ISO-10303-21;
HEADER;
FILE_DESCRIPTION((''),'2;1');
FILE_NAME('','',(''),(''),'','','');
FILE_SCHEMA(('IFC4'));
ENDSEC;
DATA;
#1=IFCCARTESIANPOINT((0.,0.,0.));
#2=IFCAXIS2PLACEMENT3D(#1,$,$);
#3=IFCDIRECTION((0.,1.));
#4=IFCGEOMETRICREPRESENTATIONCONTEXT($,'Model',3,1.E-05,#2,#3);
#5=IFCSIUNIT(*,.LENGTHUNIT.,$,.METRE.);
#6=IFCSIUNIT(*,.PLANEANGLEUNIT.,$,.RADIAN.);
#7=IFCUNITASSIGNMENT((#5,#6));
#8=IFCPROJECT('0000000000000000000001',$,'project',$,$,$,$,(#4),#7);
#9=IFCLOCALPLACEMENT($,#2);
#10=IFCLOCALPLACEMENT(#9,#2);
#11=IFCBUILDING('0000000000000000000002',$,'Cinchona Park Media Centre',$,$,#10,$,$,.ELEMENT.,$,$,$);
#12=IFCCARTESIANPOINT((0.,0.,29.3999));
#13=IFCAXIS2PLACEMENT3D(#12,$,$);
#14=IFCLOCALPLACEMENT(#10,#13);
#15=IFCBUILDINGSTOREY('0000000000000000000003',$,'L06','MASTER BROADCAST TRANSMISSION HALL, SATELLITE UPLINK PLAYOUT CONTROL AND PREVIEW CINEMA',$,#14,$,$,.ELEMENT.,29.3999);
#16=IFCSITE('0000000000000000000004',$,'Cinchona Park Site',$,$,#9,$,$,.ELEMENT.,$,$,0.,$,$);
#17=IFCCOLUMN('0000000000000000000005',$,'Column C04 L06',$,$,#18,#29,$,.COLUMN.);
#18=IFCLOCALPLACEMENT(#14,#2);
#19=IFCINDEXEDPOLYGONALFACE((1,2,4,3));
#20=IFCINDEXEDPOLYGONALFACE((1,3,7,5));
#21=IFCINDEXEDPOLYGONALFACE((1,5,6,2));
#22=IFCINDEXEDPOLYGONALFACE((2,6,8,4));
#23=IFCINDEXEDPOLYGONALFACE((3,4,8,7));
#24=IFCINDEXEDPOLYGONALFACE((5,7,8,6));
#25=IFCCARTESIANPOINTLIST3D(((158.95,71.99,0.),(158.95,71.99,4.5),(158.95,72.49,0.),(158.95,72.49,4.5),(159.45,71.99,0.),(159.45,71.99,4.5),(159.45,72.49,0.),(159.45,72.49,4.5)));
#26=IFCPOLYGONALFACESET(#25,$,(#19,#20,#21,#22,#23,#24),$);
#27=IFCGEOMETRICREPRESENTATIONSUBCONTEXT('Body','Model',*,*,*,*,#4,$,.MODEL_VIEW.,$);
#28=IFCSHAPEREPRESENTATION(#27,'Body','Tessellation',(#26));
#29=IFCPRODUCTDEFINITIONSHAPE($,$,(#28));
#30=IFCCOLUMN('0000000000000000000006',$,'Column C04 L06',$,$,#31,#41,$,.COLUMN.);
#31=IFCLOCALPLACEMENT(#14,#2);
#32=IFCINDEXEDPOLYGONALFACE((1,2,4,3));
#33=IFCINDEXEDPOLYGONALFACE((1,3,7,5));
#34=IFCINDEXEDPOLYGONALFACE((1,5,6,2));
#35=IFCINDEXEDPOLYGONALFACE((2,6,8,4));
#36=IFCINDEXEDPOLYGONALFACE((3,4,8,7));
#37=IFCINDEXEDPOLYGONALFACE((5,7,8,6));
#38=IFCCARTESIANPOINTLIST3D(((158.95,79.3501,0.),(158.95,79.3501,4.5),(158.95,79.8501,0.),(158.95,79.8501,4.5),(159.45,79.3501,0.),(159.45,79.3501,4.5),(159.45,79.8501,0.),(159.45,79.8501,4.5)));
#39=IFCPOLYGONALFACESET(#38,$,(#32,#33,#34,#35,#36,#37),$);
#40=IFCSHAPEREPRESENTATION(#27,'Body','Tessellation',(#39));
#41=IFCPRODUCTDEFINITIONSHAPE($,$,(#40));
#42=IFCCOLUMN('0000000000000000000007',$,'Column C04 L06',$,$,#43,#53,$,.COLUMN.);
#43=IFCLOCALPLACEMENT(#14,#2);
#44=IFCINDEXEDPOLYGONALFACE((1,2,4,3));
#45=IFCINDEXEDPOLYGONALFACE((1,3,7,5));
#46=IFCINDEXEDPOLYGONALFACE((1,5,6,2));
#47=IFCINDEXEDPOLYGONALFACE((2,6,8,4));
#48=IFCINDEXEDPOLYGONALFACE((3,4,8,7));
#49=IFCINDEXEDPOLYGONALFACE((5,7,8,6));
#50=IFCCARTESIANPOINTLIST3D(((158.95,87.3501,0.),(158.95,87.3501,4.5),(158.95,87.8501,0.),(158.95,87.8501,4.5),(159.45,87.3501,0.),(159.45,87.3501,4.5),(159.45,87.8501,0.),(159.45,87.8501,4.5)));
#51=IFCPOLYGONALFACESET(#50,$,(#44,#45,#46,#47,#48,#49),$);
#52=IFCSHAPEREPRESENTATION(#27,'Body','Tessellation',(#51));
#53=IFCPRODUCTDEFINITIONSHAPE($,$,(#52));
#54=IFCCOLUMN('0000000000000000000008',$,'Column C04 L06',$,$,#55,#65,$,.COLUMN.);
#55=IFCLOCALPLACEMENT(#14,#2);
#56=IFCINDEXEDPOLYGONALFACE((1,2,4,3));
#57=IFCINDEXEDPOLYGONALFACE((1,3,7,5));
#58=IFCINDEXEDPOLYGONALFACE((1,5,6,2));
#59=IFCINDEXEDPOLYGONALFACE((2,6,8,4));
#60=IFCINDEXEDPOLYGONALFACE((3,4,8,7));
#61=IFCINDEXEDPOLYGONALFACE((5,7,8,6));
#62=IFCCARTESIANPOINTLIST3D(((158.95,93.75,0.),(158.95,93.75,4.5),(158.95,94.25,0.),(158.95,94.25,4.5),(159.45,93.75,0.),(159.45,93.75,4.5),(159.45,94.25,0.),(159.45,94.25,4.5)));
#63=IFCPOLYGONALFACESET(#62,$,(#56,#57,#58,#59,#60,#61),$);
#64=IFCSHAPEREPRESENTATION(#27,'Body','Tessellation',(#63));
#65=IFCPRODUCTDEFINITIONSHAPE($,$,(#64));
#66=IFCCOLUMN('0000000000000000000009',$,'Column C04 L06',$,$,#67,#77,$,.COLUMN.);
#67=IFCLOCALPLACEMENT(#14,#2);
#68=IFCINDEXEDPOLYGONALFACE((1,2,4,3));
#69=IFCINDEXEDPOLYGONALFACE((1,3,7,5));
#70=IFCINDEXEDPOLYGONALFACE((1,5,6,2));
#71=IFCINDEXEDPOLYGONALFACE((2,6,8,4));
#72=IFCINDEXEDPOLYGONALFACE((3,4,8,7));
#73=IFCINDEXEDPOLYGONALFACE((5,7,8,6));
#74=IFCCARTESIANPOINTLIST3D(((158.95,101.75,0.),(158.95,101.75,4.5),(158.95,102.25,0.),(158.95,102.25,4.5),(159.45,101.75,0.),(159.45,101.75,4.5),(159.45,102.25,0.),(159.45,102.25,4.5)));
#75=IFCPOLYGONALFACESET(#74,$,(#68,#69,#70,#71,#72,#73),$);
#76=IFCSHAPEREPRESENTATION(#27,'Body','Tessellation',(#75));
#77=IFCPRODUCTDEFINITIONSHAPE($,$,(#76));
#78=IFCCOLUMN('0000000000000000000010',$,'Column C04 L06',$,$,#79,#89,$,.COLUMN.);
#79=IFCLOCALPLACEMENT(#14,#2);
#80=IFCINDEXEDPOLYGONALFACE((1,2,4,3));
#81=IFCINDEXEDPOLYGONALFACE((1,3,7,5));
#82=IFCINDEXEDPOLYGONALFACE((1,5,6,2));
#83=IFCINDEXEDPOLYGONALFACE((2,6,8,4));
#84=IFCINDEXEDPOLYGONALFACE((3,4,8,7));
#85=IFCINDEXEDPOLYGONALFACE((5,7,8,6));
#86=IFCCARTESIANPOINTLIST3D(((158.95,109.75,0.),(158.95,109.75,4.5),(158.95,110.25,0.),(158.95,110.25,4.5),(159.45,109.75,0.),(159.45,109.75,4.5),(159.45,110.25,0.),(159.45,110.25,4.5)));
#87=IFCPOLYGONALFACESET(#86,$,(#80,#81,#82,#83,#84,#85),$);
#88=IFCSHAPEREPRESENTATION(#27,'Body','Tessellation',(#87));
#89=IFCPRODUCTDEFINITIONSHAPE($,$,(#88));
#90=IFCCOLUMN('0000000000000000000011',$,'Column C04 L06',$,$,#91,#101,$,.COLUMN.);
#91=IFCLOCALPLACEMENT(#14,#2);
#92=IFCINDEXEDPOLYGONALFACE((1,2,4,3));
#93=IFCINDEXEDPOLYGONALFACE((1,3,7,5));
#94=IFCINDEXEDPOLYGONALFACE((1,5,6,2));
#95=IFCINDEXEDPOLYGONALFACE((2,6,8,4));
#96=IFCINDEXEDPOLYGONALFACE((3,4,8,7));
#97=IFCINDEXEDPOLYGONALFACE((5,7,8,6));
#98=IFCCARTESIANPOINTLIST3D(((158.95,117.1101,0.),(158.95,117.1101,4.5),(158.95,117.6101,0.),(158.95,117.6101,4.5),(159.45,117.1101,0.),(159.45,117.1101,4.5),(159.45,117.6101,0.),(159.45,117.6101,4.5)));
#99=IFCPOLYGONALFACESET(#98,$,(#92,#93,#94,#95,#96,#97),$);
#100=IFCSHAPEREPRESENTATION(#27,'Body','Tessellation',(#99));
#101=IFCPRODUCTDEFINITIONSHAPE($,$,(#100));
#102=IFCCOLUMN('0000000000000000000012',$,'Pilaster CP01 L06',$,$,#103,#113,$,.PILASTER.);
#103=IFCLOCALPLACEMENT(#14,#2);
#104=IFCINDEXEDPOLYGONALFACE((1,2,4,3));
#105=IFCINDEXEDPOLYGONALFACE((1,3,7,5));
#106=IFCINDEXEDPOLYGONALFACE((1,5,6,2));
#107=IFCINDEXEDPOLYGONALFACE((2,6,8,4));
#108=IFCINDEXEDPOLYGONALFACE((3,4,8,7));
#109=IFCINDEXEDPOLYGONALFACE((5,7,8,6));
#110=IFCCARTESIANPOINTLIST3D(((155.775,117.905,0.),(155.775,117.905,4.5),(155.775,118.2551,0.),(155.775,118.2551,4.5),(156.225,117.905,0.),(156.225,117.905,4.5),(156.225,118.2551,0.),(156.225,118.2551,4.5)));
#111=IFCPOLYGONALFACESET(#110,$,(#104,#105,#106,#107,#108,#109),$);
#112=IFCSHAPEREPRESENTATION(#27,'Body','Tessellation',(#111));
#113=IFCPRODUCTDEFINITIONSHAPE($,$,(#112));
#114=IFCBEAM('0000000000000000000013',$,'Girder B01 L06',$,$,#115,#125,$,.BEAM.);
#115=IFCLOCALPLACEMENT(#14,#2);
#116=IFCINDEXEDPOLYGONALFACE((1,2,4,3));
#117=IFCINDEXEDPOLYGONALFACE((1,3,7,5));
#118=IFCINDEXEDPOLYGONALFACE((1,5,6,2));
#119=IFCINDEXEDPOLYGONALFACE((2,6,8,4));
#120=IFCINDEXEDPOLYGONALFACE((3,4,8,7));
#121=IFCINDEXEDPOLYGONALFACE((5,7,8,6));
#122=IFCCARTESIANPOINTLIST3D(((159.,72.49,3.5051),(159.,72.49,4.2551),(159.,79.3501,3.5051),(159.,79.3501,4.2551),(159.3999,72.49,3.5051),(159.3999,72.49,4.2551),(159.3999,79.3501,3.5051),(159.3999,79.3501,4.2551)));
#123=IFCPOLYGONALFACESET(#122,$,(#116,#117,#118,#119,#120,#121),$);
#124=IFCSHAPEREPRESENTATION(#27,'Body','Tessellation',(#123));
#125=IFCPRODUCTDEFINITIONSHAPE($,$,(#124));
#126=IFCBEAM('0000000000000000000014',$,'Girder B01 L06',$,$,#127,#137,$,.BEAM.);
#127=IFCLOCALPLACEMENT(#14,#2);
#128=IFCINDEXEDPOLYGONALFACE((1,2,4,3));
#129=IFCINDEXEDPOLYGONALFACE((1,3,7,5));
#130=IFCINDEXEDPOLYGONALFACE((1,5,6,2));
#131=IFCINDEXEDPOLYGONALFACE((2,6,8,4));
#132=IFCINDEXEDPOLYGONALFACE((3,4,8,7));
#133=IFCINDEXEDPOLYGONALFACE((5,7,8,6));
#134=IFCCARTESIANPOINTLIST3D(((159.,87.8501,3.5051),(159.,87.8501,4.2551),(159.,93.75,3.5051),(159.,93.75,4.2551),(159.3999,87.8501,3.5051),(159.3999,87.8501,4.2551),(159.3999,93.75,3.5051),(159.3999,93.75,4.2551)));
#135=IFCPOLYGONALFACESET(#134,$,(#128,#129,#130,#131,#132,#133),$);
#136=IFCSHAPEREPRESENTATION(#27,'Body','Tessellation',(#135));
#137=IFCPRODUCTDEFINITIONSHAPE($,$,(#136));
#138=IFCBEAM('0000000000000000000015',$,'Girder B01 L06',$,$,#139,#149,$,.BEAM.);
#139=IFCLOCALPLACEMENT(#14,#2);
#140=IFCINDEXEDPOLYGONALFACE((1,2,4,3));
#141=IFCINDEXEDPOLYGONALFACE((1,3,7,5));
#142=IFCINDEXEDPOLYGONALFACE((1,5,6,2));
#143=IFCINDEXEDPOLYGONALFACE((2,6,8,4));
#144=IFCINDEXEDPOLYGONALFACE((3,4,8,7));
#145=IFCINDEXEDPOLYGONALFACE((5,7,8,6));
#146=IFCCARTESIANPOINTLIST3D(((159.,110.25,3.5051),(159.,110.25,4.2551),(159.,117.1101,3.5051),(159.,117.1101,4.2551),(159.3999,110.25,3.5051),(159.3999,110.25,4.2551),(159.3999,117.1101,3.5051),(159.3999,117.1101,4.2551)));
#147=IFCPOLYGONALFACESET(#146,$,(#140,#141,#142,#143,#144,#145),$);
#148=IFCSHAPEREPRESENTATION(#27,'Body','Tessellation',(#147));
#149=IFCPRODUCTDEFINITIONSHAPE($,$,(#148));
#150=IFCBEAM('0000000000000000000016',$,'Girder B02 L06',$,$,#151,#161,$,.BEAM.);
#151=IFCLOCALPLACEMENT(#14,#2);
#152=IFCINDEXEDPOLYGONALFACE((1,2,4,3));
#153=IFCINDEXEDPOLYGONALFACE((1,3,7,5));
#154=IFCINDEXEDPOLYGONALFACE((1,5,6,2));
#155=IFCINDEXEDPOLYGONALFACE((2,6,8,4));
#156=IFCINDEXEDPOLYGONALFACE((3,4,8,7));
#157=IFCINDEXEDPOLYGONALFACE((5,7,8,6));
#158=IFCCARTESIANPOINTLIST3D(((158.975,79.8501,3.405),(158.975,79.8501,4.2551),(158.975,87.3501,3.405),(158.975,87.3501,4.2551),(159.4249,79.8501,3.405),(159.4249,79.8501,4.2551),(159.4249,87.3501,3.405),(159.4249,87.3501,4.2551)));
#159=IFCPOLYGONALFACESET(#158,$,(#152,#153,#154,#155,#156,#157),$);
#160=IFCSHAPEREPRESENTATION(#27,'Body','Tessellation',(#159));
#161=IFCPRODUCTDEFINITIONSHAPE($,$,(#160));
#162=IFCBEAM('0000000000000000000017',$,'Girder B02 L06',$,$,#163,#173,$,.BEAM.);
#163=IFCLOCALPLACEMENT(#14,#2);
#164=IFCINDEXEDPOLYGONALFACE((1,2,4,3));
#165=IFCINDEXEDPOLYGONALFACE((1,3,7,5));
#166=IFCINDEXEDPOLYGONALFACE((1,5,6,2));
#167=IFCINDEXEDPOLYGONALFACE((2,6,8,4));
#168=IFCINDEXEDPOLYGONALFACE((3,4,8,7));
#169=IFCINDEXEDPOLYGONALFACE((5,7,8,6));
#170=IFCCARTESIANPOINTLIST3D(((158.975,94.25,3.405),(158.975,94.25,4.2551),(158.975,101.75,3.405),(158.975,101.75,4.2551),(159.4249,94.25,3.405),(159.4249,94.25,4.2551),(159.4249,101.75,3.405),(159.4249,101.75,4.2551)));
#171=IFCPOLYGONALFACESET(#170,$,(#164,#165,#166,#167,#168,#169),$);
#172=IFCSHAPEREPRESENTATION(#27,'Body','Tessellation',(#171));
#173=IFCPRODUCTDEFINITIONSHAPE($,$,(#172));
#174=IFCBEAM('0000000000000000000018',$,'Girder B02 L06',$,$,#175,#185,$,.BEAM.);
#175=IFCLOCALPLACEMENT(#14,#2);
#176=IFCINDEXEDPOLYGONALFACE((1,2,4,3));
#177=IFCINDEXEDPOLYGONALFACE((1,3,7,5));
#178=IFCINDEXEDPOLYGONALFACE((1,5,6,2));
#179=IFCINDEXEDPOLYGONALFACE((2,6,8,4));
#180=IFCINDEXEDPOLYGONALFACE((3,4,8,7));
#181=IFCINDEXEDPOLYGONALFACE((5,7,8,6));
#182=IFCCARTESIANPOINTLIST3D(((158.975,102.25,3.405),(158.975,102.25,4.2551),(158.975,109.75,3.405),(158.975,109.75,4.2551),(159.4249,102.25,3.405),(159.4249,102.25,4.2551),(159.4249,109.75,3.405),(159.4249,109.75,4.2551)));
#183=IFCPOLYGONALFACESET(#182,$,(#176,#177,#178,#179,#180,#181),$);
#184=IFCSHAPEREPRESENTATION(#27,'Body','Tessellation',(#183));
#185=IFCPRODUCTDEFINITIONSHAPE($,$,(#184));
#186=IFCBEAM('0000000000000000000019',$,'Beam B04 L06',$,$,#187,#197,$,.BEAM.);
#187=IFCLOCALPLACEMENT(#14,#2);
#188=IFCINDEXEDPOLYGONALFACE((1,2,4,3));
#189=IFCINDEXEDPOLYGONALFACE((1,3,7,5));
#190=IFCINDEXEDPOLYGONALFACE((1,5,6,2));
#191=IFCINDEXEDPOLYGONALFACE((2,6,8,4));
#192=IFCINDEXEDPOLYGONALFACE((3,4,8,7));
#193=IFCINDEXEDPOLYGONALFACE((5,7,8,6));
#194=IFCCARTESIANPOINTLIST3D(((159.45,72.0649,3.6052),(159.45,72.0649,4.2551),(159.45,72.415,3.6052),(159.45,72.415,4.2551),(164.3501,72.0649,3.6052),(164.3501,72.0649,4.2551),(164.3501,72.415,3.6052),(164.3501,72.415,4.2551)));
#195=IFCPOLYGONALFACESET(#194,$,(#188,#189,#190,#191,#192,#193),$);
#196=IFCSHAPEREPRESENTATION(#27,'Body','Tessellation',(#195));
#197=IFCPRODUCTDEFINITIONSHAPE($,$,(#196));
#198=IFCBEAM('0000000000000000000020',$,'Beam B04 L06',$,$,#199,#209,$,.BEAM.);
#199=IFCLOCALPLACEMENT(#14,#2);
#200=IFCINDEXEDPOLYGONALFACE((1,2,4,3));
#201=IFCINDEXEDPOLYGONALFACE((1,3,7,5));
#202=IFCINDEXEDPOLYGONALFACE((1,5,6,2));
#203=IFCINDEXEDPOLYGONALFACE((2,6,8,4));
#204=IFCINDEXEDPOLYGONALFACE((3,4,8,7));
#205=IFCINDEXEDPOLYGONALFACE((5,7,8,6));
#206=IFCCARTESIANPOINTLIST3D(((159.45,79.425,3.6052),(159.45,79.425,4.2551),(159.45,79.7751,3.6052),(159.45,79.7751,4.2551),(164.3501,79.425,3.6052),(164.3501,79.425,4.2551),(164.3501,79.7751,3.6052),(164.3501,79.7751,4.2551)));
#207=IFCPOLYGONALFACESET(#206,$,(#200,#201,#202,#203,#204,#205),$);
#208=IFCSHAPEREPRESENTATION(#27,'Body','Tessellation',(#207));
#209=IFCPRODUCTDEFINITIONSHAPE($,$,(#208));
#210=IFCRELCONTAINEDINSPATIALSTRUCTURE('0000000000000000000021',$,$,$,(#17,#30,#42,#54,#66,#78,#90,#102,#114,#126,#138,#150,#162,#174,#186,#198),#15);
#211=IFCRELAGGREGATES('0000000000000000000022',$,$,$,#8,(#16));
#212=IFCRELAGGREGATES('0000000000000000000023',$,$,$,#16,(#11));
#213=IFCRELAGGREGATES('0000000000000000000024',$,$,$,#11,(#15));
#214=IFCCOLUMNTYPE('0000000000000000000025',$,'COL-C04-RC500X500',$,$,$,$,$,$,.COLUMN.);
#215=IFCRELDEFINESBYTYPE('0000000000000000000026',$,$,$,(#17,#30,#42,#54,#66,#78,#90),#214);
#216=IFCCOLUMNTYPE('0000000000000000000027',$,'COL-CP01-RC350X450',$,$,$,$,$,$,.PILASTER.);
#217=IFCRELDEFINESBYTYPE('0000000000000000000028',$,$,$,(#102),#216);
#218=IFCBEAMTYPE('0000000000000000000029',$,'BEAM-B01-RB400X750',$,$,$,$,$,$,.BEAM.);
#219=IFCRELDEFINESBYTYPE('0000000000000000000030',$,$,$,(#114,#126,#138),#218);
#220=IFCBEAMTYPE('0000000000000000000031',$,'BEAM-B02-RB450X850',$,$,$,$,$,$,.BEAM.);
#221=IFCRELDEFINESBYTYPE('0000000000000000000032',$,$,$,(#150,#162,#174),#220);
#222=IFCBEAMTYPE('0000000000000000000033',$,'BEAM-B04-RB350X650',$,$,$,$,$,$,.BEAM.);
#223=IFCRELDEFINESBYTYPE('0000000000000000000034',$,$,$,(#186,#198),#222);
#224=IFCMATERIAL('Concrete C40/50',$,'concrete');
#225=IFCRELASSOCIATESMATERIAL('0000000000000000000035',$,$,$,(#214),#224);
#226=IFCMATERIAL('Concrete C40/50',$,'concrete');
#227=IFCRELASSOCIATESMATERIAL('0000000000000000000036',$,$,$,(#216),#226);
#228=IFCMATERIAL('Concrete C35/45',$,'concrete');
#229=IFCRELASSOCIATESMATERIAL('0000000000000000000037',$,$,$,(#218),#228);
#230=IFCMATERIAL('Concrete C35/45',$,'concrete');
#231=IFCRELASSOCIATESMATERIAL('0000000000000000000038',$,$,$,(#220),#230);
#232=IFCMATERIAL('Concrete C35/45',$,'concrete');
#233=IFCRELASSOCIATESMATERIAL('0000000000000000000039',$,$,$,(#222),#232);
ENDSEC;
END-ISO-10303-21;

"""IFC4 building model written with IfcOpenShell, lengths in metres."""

from ifc_helpers import new_model, si_unit, direction, frame, origin, origin_2d, place, context, subcontext, project, spatial, rectangle, extrude, material, material_profile, profile_set, type_object, element, save


model = new_model("IFC4")

# Units and contexts
model_context = context("Model", 3, precision=1e-05, world=origin(), true_north=direction((0.0, 1.0)))
body_context = subcontext(model_context, "Body", "Model", "MODEL_VIEW")
ifc_project = project(units=[si_unit("LENGTHUNIT", "METRE"), si_unit("PLANEANGLEUNIT", "RADIAN")], contexts=[model_context])

# Site, building, storey
site_placement = place(None, origin())
site = spatial("IfcSite", under=ifc_project, at=site_placement, Name="Cinchona Park Site", CompositionType="ELEMENT", RefElevation=0.0)
building_placement = place(site_placement, origin())
building = spatial("IfcBuilding", under=site, at=building_placement, Name="Cinchona Park Media Centre", CompositionType="ELEMENT")
storey_placement = place(building_placement, frame((0.0, 0.0, 29.3999)))
storey = spatial("IfcBuildingStorey", under=building, at=storey_placement, Name="L06", Description="MASTER BROADCAST TRANSMISSION HALL, SATELLITE UPLINK PLAYOUT CONTROL AND PREVIEW CINEMA", CompositionType="ELEMENT", Elevation=29.3999)

# Columns
ifc_material_1 = material(Name="Concrete C40/50", Category="concrete")
ifc_material_profile_1 = material_profile(ifc_material_1, rectangle(XDim=0.5, YDim=0.5, at=origin_2d()), Name="RC 500X500")
ifc_profile_set_1 = profile_set([ifc_material_profile_1], Name="Concrete C40/50")
column_type_1 = type_object("IfcColumnType", Name="COL-C04-RC500X500", PredefinedType="COLUMN", material=ifc_profile_set_1)
for number, where, z_axis, x_axis, name in (
    (1, (159.2, 72.24, 0.0), (0.0, 0.0, 1.0), (1.0, 0.0, 0.0), "Column C04 L06"),
    (2, (159.2, 79.6001, 0.0), (0.0, 0.0, 1.0), (1.0, 0.0, 0.0), "Column C04 L06"),
    (3, (159.2, 87.6001, 0.0), (0.0, 0.0, 1.0), (1.0, 0.0, 0.0), "Column C04 L06"),
    (4, (159.2, 94.0, 0.0), (0.0, 0.0, 1.0), (1.0, 0.0, 0.0), "Column C04 L06"),
    (5, (159.2, 102.0, 0.0), (0.0, 0.0, 1.0), (1.0, 0.0, 0.0), "Column C04 L06"),
    (6, (159.2, 110.0, 0.0), (0.0, 0.0, 1.0), (1.0, 0.0, 0.0), "Column C04 L06"),
    (7, (159.2, 117.3601, 0.0), (0.0, 0.0, 1.0), (1.0, 0.0, 0.0), "Column C04 L06"),
):
    element("IfcColumn", number, at=place(storey_placement, frame(where, z_axis=z_axis, x_axis=x_axis)), inside=storey, type_object=column_type_1, Name=name, PredefinedType="COLUMN", context=body_context, shape_type="SweptSolid", body=[
        extrude(rectangle(XDim=0.5, YDim=0.5, at=origin_2d()), origin(), (0.0, 0.0, 1.0), 4.5),
    ])
ifc_material_2 = material(Name="Concrete C40/50", Category="concrete")
ifc_material_profile_2 = material_profile(ifc_material_2, rectangle(XDim=0.3501, YDim=0.45, at=origin_2d()), Name="RC 350X450")
ifc_profile_set_2 = profile_set([ifc_material_profile_2], Name="Concrete C40/50")
column_type_2 = type_object("IfcColumnType", Name="COL-CP01-RC350X450", PredefinedType="PILASTER", material=ifc_profile_set_2)
column_placement = place(storey_placement, frame((156.0, 118.0801, 0.0), z_axis=(0.0, 0.0, 1.0), x_axis=(0.0, 1.0, 0.0)))
element("IfcColumn", 8, at=column_placement, inside=storey, type_object=column_type_2, Name="Pilaster CP01 L06", PredefinedType="PILASTER", context=body_context, shape_type="SweptSolid", body=[
    extrude(rectangle(XDim=0.3501, YDim=0.45, at=origin_2d()), origin(), (0.0, 0.0, 1.0), 4.5),
])

# Beams
ifc_material_3 = material(Name="Concrete C35/45", Category="concrete")
ifc_material_profile_3 = material_profile(ifc_material_3, rectangle(XDim=0.3999, YDim=0.75, at=origin_2d()), Name="RB 400X750")
ifc_profile_set_3 = profile_set([ifc_material_profile_3], Name="Concrete C35/45")
beam_type_1 = type_object("IfcBeamType", Name="BEAM-B01-RB400X750", PredefinedType="BEAM", material=ifc_profile_set_3)
beam_1_placement = place(storey_placement, frame((159.2, 72.49, 3.8801), z_axis=(0.0, 1.0, 0.0), x_axis=(-1.0, 0.0, 0.0)))
element("IfcBeam", 9, at=beam_1_placement, inside=storey, type_object=beam_type_1, Name="Girder B01 L06", PredefinedType="BEAM", context=body_context, shape_type="SweptSolid", body=[
    extrude(rectangle(XDim=0.3999, YDim=0.75, at=origin_2d()), origin(), (0.0, 0.0, 1.0), 6.8601),
])
beam_2_placement = place(storey_placement, frame((159.2, 87.8501, 3.8801), z_axis=(0.0, 1.0, 0.0), x_axis=(-1.0, 0.0, 0.0)))
element("IfcBeam", 10, at=beam_2_placement, inside=storey, type_object=beam_type_1, Name="Girder B01 L06", PredefinedType="BEAM", context=body_context, shape_type="SweptSolid", body=[
    extrude(rectangle(XDim=0.3999, YDim=0.75, at=origin_2d()), origin(), (0.0, 0.0, 1.0), 5.8999),
])
beam_3_placement = place(storey_placement, frame((159.2, 110.25, 3.8801), z_axis=(0.0, 1.0, 0.0), x_axis=(-1.0, 0.0, 0.0)))
element("IfcBeam", 11, at=beam_3_placement, inside=storey, type_object=beam_type_1, Name="Girder B01 L06", PredefinedType="BEAM", context=body_context, shape_type="SweptSolid", body=[
    extrude(rectangle(XDim=0.3999, YDim=0.75, at=origin_2d()), origin(), (0.0, 0.0, 1.0), 6.8601),
])
ifc_material_4 = material(Name="Concrete C35/45", Category="concrete")
ifc_material_profile_4 = material_profile(ifc_material_4, rectangle(XDim=0.45, YDim=0.8501, at=origin_2d()), Name="RB 450X850")
ifc_profile_set_4 = profile_set([ifc_material_profile_4], Name="Concrete C35/45")
beam_type_2 = type_object("IfcBeamType", Name="BEAM-B02-RB450X850", PredefinedType="BEAM", material=ifc_profile_set_4)
for number, where, z_axis, x_axis, name in (
    (12, (159.2, 79.8501, 3.8301), (0.0, 1.0, 0.0), (-1.0, 0.0, 0.0), "Girder B02 L06"),
    (13, (159.2, 94.25, 3.8301), (0.0, 1.0, 0.0), (-1.0, 0.0, 0.0), "Girder B02 L06"),
    (14, (159.2, 102.25, 3.8301), (0.0, 1.0, 0.0), (-1.0, 0.0, 0.0), "Girder B02 L06"),
):
    element("IfcBeam", number, at=place(storey_placement, frame(where, z_axis=z_axis, x_axis=x_axis)), inside=storey, type_object=beam_type_2, Name=name, PredefinedType="BEAM", context=body_context, shape_type="SweptSolid", body=[
        extrude(rectangle(XDim=0.45, YDim=0.8501, at=origin_2d()), origin(), (0.0, 0.0, 1.0), 7.5),
    ])
ifc_material_5 = material(Name="Concrete C35/45", Category="concrete")
ifc_material_profile_5 = material_profile(ifc_material_5, rectangle(XDim=0.3501, YDim=0.6499, at=origin_2d()), Name="RB 350X650")
ifc_profile_set_5 = profile_set([ifc_material_profile_5], Name="Concrete C35/45")
beam_type_3 = type_object("IfcBeamType", Name="BEAM-B04-RB350X650", PredefinedType="BEAM", material=ifc_profile_set_5)
for number, where, z_axis, x_axis, name in (
    (15, (159.45, 72.24, 3.9302), (1.0, 0.0, 0.0), (0.0, 1.0, 0.0), "Beam B04 L06"),
    (16, (159.45, 79.6001, 3.9302), (1.0, 0.0, 0.0), (0.0, 1.0, 0.0), "Beam B04 L06"),
):
    element("IfcBeam", number, at=place(storey_placement, frame(where, z_axis=z_axis, x_axis=x_axis)), inside=storey, type_object=beam_type_3, Name=name, PredefinedType="BEAM", context=body_context, shape_type="SweptSolid", body=[
        extrude(rectangle(XDim=0.3501, YDim=0.6499, at=origin_2d()), origin(), (0.0, 0.0, 1.0), 4.9001),
    ])

save(model, "model.ifc")
